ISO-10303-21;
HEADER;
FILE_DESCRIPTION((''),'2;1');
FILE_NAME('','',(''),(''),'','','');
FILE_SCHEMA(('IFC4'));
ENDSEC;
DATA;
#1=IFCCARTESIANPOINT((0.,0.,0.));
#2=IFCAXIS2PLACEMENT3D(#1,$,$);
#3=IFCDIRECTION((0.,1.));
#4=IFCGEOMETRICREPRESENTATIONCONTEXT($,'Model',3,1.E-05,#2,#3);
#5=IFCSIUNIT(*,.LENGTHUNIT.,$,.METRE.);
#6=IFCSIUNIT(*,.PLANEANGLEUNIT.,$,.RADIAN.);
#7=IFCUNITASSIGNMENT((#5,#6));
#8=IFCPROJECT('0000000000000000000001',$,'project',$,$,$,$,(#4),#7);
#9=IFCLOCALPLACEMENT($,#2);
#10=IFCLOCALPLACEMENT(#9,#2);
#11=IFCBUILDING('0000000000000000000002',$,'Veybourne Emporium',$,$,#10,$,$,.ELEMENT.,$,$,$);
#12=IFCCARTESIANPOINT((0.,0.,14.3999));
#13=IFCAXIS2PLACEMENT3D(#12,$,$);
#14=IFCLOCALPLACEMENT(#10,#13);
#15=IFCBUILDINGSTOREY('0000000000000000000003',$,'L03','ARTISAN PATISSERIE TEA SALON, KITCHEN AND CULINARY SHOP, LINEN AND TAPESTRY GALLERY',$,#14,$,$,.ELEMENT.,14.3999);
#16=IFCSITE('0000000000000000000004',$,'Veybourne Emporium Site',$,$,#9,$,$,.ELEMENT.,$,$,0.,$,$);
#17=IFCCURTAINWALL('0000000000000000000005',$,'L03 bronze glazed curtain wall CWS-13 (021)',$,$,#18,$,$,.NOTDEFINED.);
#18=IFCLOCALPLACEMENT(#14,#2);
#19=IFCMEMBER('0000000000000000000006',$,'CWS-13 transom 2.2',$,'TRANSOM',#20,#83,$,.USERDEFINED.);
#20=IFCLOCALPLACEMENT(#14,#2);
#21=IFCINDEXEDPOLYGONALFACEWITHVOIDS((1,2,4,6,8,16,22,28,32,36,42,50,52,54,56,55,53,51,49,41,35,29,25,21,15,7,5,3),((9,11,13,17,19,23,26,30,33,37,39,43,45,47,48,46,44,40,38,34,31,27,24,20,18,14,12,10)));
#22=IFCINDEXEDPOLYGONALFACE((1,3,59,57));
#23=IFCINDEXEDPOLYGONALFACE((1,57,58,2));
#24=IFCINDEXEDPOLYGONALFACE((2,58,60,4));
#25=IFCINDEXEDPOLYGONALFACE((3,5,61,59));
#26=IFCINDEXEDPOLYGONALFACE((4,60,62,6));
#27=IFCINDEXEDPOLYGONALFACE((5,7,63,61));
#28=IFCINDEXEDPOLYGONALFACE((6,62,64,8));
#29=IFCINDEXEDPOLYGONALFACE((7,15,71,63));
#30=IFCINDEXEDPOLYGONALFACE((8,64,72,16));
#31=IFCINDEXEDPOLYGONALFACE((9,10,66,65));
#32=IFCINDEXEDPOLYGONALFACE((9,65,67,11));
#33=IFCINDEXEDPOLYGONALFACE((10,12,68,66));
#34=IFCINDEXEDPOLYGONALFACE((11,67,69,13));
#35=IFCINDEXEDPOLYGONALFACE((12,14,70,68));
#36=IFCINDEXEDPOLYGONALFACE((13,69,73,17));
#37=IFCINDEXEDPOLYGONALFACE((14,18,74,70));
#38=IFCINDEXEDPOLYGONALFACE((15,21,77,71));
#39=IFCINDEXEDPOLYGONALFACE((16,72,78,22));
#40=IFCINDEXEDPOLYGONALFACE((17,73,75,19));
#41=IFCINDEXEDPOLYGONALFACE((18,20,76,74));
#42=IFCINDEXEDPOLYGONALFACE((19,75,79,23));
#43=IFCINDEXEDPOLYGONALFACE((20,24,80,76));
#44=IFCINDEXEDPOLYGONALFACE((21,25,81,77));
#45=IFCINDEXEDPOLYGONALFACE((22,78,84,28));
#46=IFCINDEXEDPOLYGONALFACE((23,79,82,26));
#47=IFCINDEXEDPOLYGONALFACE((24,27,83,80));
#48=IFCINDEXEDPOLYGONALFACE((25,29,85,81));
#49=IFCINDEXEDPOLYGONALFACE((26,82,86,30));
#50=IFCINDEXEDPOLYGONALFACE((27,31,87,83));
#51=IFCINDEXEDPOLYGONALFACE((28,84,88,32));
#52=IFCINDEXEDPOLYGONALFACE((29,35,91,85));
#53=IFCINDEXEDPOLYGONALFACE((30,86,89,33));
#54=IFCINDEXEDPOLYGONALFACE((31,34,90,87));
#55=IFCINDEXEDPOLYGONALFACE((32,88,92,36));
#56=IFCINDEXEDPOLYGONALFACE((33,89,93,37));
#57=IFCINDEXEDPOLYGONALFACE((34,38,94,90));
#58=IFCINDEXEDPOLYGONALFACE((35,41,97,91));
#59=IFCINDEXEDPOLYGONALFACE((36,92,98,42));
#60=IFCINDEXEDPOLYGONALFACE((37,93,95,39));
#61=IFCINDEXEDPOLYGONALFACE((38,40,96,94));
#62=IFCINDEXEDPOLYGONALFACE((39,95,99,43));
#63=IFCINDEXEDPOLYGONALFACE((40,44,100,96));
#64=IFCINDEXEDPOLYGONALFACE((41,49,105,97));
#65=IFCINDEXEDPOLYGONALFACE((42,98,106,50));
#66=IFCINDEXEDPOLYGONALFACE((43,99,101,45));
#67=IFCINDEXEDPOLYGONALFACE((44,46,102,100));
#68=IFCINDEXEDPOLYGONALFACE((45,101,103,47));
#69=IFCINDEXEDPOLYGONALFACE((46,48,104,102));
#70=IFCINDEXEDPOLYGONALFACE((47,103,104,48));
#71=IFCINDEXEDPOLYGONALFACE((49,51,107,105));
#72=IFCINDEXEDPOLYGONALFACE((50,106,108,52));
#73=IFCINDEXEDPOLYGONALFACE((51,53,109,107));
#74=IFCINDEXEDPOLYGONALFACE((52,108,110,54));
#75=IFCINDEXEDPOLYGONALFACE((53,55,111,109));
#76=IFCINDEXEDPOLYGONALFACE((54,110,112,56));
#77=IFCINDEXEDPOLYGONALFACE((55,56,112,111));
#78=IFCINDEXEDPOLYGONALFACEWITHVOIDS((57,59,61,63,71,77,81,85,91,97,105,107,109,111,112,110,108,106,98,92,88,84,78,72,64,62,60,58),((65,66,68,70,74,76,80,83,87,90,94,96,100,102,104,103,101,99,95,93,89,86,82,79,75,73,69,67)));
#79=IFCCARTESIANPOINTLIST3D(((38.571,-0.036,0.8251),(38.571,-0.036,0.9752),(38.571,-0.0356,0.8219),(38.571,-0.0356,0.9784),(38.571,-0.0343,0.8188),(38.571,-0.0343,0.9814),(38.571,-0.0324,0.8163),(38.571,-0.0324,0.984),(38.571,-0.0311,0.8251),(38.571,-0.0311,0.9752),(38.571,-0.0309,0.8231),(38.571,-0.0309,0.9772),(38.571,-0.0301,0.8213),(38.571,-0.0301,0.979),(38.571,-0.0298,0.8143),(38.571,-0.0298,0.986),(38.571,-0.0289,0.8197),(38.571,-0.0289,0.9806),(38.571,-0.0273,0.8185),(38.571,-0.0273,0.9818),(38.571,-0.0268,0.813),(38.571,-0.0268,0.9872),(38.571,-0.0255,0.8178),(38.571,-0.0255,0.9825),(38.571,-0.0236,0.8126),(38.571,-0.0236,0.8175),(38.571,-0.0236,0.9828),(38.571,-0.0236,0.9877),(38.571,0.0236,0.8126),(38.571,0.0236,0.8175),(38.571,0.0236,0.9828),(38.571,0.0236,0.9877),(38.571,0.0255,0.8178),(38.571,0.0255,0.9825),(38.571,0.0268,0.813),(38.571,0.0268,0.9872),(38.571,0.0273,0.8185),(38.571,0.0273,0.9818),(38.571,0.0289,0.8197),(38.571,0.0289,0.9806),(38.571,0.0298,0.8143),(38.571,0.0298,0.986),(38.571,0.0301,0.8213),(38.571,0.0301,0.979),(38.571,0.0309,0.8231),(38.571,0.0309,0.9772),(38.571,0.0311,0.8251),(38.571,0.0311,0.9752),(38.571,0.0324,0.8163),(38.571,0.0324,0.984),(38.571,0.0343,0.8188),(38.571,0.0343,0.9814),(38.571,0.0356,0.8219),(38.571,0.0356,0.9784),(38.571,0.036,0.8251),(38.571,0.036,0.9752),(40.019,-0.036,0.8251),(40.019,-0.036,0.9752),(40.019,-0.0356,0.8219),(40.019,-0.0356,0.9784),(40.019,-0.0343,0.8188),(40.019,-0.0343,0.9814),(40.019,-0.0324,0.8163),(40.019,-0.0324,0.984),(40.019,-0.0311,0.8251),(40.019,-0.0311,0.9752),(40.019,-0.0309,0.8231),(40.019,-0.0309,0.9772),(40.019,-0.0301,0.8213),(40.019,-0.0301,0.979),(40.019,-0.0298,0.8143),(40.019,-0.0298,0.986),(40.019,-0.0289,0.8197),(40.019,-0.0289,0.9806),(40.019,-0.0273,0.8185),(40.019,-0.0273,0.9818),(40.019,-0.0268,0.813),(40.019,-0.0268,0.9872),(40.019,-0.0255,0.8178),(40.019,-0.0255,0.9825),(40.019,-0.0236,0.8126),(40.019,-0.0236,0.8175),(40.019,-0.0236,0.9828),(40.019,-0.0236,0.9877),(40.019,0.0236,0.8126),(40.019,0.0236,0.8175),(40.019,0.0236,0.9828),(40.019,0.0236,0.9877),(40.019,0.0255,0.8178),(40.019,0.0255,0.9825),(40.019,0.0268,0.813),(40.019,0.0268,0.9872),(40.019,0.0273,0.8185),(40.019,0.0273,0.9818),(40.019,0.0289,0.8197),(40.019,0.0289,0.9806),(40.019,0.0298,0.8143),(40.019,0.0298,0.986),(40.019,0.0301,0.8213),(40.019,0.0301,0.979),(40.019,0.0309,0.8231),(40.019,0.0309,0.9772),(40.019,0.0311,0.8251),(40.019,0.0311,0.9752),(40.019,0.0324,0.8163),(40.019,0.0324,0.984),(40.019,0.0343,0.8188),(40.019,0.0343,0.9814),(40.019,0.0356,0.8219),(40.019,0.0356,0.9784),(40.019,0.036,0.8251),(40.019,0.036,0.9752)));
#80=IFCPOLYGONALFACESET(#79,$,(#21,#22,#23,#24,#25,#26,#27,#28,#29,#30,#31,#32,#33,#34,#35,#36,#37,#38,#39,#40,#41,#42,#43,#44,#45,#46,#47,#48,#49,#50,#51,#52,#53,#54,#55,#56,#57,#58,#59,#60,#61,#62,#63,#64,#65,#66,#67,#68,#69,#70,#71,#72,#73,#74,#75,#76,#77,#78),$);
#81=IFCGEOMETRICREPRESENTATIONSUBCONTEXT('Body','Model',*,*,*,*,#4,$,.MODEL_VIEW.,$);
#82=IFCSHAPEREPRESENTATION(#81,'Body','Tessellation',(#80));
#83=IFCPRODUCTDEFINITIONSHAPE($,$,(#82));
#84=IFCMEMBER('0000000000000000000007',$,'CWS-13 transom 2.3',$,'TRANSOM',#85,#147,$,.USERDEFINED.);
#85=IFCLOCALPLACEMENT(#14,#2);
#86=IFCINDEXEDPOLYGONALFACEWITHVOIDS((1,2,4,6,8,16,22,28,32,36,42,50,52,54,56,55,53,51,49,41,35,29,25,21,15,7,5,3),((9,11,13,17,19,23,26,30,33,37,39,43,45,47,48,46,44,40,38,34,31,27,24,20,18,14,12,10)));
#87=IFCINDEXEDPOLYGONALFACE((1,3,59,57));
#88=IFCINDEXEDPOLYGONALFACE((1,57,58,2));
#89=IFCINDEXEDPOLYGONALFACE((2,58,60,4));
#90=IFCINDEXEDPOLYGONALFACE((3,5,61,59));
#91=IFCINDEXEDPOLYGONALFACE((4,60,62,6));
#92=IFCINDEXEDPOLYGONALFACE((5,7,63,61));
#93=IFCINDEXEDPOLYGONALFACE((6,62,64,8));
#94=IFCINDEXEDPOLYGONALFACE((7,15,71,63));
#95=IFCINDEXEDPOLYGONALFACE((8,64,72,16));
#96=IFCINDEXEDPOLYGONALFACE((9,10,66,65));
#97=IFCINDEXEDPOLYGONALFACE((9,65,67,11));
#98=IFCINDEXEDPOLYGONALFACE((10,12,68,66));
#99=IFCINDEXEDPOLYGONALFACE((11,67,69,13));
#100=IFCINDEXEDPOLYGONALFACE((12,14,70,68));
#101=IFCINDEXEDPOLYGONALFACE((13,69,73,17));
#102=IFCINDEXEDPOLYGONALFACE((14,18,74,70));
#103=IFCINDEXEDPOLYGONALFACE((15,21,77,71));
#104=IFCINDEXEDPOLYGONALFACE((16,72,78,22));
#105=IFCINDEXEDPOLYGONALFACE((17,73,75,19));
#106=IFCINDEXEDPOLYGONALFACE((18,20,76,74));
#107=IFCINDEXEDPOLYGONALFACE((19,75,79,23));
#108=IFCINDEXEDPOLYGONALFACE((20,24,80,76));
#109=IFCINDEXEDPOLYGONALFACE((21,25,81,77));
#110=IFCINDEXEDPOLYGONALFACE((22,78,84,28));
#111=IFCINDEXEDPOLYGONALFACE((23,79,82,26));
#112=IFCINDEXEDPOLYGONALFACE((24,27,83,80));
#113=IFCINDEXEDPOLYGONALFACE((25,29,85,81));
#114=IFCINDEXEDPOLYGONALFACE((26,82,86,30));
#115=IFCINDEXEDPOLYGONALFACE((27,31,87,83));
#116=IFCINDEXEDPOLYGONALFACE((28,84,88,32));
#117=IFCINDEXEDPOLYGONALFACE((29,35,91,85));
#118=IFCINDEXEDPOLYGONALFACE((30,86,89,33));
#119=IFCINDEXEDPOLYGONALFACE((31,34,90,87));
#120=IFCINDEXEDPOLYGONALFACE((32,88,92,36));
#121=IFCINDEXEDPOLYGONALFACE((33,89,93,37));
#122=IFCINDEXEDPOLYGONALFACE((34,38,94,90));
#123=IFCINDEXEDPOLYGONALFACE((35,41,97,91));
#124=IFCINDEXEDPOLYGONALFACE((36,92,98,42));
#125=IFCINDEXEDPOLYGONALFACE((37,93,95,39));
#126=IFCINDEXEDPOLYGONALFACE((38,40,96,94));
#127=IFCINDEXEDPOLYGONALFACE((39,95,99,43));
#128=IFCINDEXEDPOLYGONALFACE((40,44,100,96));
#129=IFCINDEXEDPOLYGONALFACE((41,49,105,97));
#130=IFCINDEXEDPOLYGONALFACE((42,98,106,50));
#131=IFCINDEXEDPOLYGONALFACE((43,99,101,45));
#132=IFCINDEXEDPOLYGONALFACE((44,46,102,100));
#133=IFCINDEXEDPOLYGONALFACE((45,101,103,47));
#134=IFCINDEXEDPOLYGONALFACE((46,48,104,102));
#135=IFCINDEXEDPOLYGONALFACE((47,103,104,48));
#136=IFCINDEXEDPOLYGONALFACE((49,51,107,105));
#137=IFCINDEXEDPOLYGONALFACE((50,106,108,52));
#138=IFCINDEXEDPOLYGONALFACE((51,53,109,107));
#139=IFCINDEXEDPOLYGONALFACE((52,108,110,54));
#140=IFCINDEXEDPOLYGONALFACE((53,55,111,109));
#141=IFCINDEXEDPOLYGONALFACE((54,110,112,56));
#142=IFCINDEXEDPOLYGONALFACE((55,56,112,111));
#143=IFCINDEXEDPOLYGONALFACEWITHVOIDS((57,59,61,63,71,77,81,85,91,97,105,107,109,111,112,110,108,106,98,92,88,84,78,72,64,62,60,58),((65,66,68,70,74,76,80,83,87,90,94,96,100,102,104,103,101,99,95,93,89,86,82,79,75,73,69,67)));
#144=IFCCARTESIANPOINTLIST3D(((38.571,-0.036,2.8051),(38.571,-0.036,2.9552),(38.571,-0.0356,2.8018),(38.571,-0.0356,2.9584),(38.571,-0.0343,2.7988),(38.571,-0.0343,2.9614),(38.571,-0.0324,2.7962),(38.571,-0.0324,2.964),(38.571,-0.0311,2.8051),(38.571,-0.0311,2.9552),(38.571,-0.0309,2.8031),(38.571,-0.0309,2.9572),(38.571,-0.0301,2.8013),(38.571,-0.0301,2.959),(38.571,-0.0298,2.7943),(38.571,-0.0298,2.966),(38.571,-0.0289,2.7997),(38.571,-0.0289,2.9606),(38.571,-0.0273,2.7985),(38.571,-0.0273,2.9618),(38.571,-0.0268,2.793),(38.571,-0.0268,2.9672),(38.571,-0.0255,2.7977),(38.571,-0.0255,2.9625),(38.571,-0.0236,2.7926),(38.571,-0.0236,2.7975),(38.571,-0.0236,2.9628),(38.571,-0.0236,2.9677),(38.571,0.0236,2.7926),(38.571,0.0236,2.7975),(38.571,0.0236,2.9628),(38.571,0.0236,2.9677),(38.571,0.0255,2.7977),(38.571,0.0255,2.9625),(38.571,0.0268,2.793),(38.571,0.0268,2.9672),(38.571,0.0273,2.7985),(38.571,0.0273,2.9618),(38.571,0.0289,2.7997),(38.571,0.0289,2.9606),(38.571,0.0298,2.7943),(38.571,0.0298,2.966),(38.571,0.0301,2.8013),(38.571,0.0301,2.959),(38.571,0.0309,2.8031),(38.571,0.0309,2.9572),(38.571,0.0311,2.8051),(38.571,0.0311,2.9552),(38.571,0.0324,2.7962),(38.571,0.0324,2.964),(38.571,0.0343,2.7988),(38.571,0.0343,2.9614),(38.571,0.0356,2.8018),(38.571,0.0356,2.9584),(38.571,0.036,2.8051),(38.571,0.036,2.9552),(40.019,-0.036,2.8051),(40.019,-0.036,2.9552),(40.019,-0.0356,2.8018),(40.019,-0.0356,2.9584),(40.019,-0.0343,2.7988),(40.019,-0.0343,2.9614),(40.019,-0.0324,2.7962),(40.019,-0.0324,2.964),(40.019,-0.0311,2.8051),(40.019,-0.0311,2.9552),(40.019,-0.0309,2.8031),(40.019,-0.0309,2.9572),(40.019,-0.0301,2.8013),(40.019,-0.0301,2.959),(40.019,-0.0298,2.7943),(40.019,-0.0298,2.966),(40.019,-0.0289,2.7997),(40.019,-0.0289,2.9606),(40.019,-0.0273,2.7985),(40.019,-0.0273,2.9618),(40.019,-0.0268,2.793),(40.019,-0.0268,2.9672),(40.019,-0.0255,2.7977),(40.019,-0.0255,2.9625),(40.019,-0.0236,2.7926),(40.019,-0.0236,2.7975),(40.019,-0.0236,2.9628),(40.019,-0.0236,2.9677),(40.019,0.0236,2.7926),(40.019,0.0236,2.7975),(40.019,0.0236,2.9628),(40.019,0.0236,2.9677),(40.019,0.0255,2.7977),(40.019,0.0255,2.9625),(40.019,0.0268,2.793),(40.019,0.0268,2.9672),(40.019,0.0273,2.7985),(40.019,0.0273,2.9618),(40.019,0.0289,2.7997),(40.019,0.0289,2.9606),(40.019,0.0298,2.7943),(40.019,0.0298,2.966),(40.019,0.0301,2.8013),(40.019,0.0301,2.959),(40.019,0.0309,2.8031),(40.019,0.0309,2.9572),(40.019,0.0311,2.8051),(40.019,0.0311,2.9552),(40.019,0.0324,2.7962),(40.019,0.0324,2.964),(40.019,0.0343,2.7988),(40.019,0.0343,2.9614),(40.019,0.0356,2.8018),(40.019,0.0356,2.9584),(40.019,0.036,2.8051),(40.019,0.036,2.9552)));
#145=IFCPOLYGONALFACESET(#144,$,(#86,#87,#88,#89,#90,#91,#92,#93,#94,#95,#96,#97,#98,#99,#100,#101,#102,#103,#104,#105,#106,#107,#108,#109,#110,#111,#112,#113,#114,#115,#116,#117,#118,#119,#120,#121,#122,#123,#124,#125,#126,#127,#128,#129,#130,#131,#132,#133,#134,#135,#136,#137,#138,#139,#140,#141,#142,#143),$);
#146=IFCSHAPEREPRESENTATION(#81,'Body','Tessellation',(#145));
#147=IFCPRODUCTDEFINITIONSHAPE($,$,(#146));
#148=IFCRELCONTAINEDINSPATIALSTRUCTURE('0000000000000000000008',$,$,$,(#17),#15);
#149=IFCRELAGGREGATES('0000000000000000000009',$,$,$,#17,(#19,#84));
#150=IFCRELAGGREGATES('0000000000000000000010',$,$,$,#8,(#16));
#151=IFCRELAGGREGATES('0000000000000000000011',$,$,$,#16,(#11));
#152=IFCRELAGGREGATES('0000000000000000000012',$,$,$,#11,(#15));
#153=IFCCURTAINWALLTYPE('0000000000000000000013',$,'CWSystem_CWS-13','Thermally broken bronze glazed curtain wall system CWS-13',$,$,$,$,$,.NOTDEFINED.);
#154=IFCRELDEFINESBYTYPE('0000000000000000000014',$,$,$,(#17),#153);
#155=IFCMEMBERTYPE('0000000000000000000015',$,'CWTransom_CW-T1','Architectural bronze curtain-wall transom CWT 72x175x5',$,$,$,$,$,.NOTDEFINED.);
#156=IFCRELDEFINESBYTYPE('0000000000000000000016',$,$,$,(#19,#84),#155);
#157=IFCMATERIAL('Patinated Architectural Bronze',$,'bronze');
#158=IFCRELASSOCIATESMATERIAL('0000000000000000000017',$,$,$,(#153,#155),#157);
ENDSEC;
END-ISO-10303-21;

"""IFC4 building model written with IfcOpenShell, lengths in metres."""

from ifc_helpers import new_model, si_unit, direction, frame, origin, origin_2d, place, context, subcontext, project, spatial, hollow_rectangle, extrude, material, material_profile, profile_set, type_object, element, aggregate, save


model = new_model("IFC4")

# Units and contexts
model_context = context("Model", 3, precision=1e-05, world=origin(), true_north=direction((0.0, 1.0)))
body_context = subcontext(model_context, "Body", "Model", "MODEL_VIEW")
ifc_project = project(units=[si_unit("LENGTHUNIT", "METRE"), si_unit("PLANEANGLEUNIT", "RADIAN")], contexts=[model_context])

# Site, building, storey
site_placement = place(None, origin())
site = spatial("IfcSite", under=ifc_project, at=site_placement, Name="Veybourne Emporium Site", CompositionType="ELEMENT", RefElevation=0.0)
building_placement = place(site_placement, origin())
building = spatial("IfcBuilding", under=site, at=building_placement, Name="Veybourne Emporium", CompositionType="ELEMENT")
storey_placement = place(building_placement, frame((0.0, 0.0, 14.3999)))
storey = spatial("IfcBuildingStorey", under=building, at=storey_placement, Name="L03", Description="ARTISAN PATISSERIE TEA SALON, KITCHEN AND CULINARY SHOP, LINEN AND TAPESTRY GALLERY", CompositionType="ELEMENT", Elevation=14.3999)

# Curtain wall, members
ifc_material_1 = material(Name="Patinated Architectural Bronze", Category="bronze")
curtain_wall_type = type_object("IfcCurtainWallType", Name="CWSystem_CWS-13", Description="Thermally broken bronze glazed curtain wall system CWS-13", PredefinedType="NOTDEFINED", material=ifc_material_1)
curtain_wall_placement = place(storey_placement, origin())
curtain_wall = element("IfcCurtainWall", 1, at=curtain_wall_placement, inside=storey, type_object=curtain_wall_type, Name="L03 bronze glazed curtain wall CWS-13 (021)", PredefinedType="NOTDEFINED")
ifc_material_profile_1 = material_profile(ifc_material_1, hollow_rectangle(XDim=0.072, YDim=0.175, WallThickness=0.0049, InnerFilletRadius=0.0076, OuterFilletRadius=0.0125, at=origin_2d()), Name="CWT 72x175x5")
ifc_profile_set_1 = profile_set([ifc_material_profile_1], Name="Patinated Architectural Bronze")
member_type_1 = type_object("IfcMemberType", Name="CWTransom_CW-T1", Description="Architectural bronze curtain-wall transom CWT 72x175x5", PredefinedType="NOTDEFINED", material=ifc_profile_set_1)
member_1_placement = place(storey_placement, frame((40.019, 0.0, 0.9001), z_axis=(-1.0, 0.0, 0.0), x_axis=(0.0, -1.0, 0.0)))
member_1 = element("IfcMember", 2, at=member_1_placement, type_object=member_type_1, Name="CWS-13 transom 2.2", ObjectType="TRANSOM", PredefinedType="USERDEFINED", context=body_context, shape_type="SweptSolid", body=[
    extrude(hollow_rectangle(XDim=0.072, YDim=0.175, WallThickness=0.0049, InnerFilletRadius=0.0076, OuterFilletRadius=0.0125, at=origin_2d()), origin(), (0.0, 0.0, 1.0), 1.448),
])
member_2_placement = place(storey_placement, frame((40.019, 0.0, 2.8801), z_axis=(-1.0, 0.0, 0.0), x_axis=(0.0, -1.0, 0.0)))
member_2 = element("IfcMember", 3, at=member_2_placement, type_object=member_type_1, Name="CWS-13 transom 2.3", ObjectType="TRANSOM", PredefinedType="USERDEFINED", context=body_context, shape_type="SweptSolid", body=[
    extrude(hollow_rectangle(XDim=0.072, YDim=0.175, WallThickness=0.0049, InnerFilletRadius=0.0076, OuterFilletRadius=0.0125, at=origin_2d()), origin(), (0.0, 0.0, 1.0), 1.448),
])

aggregate(curtain_wall, [member_1, member_2])

save(model, "model.ifc")
